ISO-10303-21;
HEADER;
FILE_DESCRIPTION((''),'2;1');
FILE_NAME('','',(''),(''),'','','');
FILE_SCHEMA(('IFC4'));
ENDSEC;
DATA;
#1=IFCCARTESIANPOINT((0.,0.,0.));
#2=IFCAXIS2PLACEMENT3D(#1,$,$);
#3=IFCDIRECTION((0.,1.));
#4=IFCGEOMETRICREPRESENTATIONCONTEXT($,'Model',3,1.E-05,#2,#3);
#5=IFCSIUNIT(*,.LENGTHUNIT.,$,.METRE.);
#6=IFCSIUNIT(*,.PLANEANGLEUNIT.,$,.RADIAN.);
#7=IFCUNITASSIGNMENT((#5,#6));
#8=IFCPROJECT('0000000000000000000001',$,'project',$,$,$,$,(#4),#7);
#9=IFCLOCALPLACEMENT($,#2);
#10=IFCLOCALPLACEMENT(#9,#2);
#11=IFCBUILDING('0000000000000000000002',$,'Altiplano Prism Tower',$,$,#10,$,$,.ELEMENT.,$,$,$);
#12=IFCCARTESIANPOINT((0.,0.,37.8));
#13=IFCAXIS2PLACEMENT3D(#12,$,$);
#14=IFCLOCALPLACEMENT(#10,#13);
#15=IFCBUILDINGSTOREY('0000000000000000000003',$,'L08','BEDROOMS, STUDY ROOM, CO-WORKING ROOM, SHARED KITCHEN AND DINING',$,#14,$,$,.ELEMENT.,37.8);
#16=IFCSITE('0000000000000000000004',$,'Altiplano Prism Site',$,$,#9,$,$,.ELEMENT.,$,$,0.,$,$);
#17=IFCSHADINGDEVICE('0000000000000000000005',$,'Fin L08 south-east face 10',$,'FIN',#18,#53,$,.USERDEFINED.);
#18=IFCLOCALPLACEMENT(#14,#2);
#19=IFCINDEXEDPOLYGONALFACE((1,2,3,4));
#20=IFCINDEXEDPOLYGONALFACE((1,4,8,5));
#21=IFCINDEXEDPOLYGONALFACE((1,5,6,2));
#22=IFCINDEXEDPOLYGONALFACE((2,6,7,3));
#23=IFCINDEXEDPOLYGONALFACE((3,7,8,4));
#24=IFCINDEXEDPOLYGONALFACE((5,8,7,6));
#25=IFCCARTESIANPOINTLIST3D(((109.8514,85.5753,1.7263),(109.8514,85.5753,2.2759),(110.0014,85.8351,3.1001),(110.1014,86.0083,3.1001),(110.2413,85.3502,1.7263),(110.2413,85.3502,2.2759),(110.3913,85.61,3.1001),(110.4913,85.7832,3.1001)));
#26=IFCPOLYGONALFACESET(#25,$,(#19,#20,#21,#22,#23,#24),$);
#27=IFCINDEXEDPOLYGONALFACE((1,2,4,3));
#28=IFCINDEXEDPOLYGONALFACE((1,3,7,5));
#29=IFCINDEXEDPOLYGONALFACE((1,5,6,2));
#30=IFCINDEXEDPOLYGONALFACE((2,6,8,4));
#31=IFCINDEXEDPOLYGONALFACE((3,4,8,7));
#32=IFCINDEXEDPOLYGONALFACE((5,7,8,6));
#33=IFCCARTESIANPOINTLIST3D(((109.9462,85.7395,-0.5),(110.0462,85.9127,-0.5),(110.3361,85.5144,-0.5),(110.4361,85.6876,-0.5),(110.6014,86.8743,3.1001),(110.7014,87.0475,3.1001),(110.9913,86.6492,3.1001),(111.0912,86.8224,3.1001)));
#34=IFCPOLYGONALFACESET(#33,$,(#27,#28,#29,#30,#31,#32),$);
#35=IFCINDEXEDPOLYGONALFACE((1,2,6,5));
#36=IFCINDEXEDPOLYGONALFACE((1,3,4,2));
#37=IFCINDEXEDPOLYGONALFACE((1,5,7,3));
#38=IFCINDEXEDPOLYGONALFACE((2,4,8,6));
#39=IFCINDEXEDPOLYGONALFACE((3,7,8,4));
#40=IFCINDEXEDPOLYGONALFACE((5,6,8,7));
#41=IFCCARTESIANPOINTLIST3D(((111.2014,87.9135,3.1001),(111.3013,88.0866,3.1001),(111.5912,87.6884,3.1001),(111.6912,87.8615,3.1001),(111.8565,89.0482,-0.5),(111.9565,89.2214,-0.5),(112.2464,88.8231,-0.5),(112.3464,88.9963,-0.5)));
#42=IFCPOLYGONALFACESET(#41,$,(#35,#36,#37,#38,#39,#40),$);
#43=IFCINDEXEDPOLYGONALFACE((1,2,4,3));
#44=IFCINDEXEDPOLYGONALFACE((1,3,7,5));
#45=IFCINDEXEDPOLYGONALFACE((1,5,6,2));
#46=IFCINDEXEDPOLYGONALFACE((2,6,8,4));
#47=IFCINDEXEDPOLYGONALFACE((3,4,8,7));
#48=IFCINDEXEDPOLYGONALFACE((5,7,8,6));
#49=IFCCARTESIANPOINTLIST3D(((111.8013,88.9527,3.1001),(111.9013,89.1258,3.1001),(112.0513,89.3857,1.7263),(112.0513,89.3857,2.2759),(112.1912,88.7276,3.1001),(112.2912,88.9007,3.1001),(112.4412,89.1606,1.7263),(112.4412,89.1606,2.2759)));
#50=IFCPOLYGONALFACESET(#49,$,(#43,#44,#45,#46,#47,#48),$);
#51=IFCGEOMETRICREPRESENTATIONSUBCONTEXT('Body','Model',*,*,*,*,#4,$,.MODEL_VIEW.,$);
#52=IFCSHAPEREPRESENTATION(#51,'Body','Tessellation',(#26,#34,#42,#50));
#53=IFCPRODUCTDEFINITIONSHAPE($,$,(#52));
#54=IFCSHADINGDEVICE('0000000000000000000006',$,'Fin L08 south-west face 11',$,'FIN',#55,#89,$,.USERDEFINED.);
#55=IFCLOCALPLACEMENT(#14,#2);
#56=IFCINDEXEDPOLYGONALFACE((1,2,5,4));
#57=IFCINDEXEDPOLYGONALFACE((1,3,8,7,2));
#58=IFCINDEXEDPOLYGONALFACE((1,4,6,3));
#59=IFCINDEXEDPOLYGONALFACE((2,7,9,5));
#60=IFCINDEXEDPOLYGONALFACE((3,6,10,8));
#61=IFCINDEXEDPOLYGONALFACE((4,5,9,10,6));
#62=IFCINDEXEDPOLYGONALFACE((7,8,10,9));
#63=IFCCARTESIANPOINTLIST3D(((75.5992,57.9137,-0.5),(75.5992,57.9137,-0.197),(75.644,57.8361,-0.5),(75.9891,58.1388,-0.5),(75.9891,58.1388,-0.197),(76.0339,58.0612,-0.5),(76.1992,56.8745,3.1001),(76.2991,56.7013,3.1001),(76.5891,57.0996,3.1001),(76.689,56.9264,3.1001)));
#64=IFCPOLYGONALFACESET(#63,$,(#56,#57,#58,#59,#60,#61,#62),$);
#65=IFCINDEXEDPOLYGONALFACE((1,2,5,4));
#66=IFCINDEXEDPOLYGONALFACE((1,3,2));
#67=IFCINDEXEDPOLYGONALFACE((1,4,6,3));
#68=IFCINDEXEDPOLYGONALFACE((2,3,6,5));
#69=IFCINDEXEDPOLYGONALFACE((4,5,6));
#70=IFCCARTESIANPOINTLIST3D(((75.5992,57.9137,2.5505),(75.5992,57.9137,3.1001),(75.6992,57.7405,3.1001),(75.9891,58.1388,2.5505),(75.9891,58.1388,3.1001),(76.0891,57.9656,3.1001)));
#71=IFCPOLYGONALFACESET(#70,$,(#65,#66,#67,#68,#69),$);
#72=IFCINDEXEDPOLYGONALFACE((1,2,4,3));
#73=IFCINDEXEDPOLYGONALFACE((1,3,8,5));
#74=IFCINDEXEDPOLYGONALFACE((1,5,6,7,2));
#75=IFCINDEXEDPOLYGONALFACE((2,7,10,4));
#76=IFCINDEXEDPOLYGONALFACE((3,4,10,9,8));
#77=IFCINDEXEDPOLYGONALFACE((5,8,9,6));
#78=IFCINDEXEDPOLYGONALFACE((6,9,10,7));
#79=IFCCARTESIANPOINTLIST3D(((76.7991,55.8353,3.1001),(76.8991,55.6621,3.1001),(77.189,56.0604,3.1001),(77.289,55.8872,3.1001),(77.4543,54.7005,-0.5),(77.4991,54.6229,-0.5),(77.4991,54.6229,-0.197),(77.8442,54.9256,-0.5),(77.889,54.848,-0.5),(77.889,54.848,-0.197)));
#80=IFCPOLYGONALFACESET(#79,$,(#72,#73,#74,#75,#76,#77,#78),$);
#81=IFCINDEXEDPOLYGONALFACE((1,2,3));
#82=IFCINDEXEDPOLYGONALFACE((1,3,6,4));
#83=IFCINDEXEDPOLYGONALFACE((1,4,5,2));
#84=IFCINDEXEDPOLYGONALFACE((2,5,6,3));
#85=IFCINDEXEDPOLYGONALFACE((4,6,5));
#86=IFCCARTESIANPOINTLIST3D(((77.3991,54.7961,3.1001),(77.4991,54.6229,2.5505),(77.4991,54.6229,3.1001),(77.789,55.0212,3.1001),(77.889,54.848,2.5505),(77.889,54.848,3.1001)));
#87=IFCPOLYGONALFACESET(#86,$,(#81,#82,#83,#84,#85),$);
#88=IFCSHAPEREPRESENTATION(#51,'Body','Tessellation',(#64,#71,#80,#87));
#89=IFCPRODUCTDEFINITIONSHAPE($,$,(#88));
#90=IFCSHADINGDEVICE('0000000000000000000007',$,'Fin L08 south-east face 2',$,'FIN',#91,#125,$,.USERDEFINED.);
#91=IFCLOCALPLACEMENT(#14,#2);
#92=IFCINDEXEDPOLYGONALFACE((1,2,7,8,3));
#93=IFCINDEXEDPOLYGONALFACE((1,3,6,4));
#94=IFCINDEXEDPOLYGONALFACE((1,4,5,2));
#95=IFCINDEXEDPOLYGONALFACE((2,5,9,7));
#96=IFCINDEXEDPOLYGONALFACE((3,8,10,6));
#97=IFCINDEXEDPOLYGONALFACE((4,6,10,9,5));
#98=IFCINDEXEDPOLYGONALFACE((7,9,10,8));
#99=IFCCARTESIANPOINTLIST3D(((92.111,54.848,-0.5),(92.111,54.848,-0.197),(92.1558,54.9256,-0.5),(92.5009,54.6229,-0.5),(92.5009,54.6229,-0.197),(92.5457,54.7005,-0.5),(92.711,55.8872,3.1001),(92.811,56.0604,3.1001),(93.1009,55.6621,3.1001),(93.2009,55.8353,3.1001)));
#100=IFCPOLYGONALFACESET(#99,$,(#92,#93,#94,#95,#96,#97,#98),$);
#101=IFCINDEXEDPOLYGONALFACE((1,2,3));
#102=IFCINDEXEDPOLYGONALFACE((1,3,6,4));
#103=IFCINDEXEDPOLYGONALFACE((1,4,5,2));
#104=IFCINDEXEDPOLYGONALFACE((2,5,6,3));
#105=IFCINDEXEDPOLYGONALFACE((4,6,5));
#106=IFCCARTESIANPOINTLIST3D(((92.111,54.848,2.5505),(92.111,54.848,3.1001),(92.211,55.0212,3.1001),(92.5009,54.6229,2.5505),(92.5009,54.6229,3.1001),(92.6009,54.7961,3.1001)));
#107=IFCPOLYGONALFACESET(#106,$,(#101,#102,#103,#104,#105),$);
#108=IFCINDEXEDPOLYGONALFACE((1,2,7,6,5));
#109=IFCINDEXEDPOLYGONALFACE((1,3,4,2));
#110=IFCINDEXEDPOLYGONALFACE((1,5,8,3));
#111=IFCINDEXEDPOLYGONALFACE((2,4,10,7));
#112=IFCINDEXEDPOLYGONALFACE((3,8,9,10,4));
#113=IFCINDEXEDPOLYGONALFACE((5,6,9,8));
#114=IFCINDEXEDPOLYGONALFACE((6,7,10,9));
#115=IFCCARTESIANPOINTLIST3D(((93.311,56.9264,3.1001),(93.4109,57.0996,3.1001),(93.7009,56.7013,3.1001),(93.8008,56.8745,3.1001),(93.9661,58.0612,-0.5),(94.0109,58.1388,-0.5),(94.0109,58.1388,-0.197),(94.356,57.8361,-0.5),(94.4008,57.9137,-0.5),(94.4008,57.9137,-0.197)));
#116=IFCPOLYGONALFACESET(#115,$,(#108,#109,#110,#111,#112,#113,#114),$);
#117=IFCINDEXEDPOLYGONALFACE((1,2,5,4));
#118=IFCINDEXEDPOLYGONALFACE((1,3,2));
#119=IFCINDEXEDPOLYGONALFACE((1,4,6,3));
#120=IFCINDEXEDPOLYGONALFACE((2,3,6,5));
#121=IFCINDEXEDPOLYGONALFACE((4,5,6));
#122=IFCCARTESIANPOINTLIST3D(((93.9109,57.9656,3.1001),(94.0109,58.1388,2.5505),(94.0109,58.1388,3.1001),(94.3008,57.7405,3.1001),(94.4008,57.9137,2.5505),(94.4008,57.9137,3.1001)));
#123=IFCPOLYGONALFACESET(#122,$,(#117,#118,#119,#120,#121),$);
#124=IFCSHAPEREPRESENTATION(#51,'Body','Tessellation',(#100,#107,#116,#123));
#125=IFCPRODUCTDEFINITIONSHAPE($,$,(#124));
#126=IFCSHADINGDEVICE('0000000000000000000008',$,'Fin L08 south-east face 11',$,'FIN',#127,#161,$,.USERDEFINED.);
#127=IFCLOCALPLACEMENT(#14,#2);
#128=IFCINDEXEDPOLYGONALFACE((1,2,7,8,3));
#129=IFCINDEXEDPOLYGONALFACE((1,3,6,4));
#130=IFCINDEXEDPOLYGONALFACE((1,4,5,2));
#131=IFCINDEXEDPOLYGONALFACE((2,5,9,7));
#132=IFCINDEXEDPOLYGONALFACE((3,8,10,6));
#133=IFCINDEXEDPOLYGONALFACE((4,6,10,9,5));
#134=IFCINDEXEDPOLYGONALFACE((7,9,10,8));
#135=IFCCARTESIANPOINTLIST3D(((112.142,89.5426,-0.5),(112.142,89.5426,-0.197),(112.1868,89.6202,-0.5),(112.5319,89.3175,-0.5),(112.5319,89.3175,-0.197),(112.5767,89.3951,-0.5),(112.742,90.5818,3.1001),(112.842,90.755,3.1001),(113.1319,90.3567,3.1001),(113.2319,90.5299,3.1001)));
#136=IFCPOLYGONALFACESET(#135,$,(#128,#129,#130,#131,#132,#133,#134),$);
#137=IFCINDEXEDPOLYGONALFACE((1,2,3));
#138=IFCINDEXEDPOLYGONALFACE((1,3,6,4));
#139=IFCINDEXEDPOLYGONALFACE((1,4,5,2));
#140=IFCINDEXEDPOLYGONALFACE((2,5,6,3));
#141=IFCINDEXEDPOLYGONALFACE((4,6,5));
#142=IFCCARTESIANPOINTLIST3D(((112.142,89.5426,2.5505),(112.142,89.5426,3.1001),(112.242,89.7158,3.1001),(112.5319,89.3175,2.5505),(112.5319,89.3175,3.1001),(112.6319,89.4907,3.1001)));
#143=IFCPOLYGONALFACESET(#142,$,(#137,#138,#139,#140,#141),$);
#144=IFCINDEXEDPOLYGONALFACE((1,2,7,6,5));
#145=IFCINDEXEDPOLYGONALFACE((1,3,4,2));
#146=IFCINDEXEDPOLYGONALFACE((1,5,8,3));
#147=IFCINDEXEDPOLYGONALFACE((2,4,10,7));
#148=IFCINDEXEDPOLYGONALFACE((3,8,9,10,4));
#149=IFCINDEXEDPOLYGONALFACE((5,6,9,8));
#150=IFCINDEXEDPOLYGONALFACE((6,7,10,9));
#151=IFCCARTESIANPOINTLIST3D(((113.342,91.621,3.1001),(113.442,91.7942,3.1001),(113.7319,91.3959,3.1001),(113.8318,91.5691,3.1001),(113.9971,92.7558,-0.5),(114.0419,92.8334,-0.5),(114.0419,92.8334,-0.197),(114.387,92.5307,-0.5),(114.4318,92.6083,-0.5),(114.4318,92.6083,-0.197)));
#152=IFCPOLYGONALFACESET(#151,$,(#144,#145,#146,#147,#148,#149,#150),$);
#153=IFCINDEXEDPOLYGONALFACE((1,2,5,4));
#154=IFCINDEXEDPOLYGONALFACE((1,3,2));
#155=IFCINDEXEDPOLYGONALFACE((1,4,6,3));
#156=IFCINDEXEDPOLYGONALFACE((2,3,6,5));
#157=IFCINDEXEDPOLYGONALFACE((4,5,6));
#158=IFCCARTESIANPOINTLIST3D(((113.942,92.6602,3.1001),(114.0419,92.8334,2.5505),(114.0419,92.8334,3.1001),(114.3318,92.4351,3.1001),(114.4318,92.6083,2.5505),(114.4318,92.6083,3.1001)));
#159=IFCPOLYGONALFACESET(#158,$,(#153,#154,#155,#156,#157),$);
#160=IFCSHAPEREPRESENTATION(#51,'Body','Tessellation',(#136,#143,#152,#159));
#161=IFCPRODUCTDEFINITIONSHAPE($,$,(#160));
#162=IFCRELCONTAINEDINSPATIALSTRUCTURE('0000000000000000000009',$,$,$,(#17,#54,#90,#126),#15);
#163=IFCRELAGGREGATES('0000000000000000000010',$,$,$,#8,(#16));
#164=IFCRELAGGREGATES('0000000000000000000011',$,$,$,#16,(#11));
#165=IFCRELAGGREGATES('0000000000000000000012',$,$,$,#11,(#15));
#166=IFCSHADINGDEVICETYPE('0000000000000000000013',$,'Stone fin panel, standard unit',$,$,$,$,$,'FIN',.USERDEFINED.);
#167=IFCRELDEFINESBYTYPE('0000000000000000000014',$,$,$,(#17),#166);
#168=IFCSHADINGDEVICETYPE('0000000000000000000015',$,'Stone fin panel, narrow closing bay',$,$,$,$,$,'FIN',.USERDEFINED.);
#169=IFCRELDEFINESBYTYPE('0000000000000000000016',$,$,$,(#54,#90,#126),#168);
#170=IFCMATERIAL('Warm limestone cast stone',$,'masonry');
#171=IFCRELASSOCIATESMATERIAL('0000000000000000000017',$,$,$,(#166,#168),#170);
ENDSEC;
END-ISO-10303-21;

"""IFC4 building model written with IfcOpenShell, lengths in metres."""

from ifc_helpers import new_model, si_unit, direction, frame, origin, place, context, subcontext, project, spatial, polyline, outline, extrude, source, transform, mapped, material, type_object, element, save


model = new_model("IFC4")

# Units and contexts
model_context = context("Model", 3, precision=1e-05, world=origin(), true_north=direction((0.0, 1.0)))
body_context = subcontext(model_context, "Body", "Model", "MODEL_VIEW")
ifc_project = project(units=[si_unit("LENGTHUNIT", "METRE"), si_unit("PLANEANGLEUNIT", "RADIAN")], contexts=[model_context])

# Site, building, storey
site_placement = place(None, origin())
site = spatial("IfcSite", under=ifc_project, at=site_placement, Name="Altiplano Prism Site", CompositionType="ELEMENT", RefElevation=0.0)
building_placement = place(site_placement, origin())
building = spatial("IfcBuilding", under=site, at=building_placement, Name="Altiplano Prism Tower", CompositionType="ELEMENT")
storey_placement = place(building_placement, frame((0.0, 0.0, 37.8)))
storey = spatial("IfcBuildingStorey", under=building, at=storey_placement, Name="L08", Description="BEDROOMS, STUDY ROOM, CO-WORKING ROOM, SHARED KITCHEN AND DINING", CompositionType="ELEMENT", Elevation=37.8)

# Shading devices
ifc_material_1 = material(Name="Warm limestone cast stone", Category="masonry")
shading_device_type_1 = type_object("IfcShadingDeviceType", Name="Stone fin panel, standard unit", ElementType="FIN", PredefinedType="USERDEFINED", material=ifc_material_1)
shared_shape_1 = source(origin(), body_context, "Body", "SweptSolid", [
    extrude(outline(polyline([(-2.2, 2.2263), (-1.7, 3.6001), (-1.8999, 3.6001), (-2.2, 2.7759), (-2.2, 2.2263)])), frame((0.0, -0.1499, 0.0), z_axis=(0.0, -1.0, 0.0), x_axis=(1.0, 0.0, 0.0)), (0.0, 0.0, 1.0), 0.4502),
    extrude(outline(polyline([(-2.0103, 0.0), (-1.8103, 0.0), (-0.5, 3.6001), (-0.7, 3.6001), (-2.0103, 0.0)])), frame((0.0, -0.1499, 0.0), z_axis=(0.0, -1.0, 0.0), x_axis=(1.0, 0.0, 0.0)), (0.0, 0.0, 1.0), 0.4502),
    extrude(outline(polyline([(1.8103, 0.0), (2.0103, 0.0), (0.7, 3.6001), (0.5, 3.6001), (1.8103, 0.0)])), frame((0.0, -0.1499, 0.0), z_axis=(0.0, -1.0, 0.0), x_axis=(1.0, 0.0, 0.0)), (0.0, 0.0, 1.0), 0.4502),
    extrude(outline(polyline([(2.2, 2.7759), (1.8999, 3.6001), (1.7, 3.6001), (2.2, 2.2263), (2.2, 2.7759)])), frame((0.0, -0.1499, 0.0), z_axis=(0.0, -1.0, 0.0), x_axis=(1.0, 0.0, 0.0)), (0.0, 0.0, 1.0), 0.4502),
])
shading_device_1_placement = place(storey_placement, origin())
element("IfcShadingDevice", 1, at=shading_device_1_placement, inside=storey, type_object=shading_device_type_1, Name="Fin L08 south-east face 10", ObjectType="FIN", PredefinedType="USERDEFINED", context=body_context, shape_type="MappedRepresentation", body=[
    mapped(shared_shape_1, transform((110.8215, 87.5554, -0.5), x_axis=(0.5, 0.866025, 0.0), y_axis=(-0.866025, 0.5, 0.0), z_axis=(0.0, 0.0, 1.0))),
])
shading_device_type_2 = type_object("IfcShadingDeviceType", Name="Stone fin panel, narrow closing bay", ElementType="FIN", PredefinedType="USERDEFINED", material=ifc_material_1)
shared_shape_2 = source(origin(), body_context, "Body", "SweptSolid", [
    extrude(outline(polyline([(-1.8999, 0.0), (-1.8103, 0.0), (-0.5, 3.6001), (-0.7, 3.6001), (-1.8999, 0.303), (-1.8999, 0.0)])), frame((0.0, -0.1499, 0.0), z_axis=(0.0, -1.0, 0.0), x_axis=(1.0, 0.0, 0.0)), (0.0, 0.0, 1.0), 0.4502),
    extrude(outline(polyline([(-1.8999, 3.0505), (-1.7, 3.6001), (-1.8999, 3.6001), (-1.8999, 3.0505)])), frame((0.0, -0.1499, 0.0), z_axis=(0.0, -1.0, 0.0), x_axis=(1.0, 0.0, 0.0)), (0.0, 0.0, 1.0), 0.4502),
    extrude(outline(polyline([(1.8103, 0.0), (1.8999, 0.0), (1.8999, 0.303), (0.7, 3.6001), (0.5, 3.6001), (1.8103, 0.0)])), frame((0.0, -0.1499, 0.0), z_axis=(0.0, -1.0, 0.0), x_axis=(1.0, 0.0, 0.0)), (0.0, 0.0, 1.0), 0.4502),
    extrude(outline(polyline([(1.8999, 3.6001), (1.7, 3.6001), (1.8999, 3.0505), (1.8999, 3.6001)])), frame((0.0, -0.1499, 0.0), z_axis=(0.0, -1.0, 0.0), x_axis=(1.0, 0.0, 0.0)), (0.0, 0.0, 1.0), 0.4502),
])
shading_device_2_placement = place(storey_placement, origin())
element("IfcShadingDevice", 2, at=shading_device_2_placement, inside=storey, type_object=shading_device_type_2, Name="Fin L08 south-west face 11", ObjectType="FIN", PredefinedType="USERDEFINED", context=body_context, shape_type="MappedRepresentation", body=[
    mapped(shared_shape_2, transform((77.0688, 56.5684, -0.5), x_axis=(0.5, -0.866025, 0.0), y_axis=(0.866025, 0.5, 0.0), z_axis=(0.0, 0.0, 1.0))),
])
shading_device_3_placement = place(storey_placement, origin())
element("IfcShadingDevice", 3, at=shading_device_3_placement, inside=storey, type_object=shading_device_type_2, Name="Fin L08 south-east face 2", ObjectType="FIN", PredefinedType="USERDEFINED", context=body_context, shape_type="MappedRepresentation", body=[
    mapped(shared_shape_2, transform((92.9312, 56.5684, -0.5), x_axis=(0.5, 0.866025, 0.0), y_axis=(-0.866025, 0.5, 0.0), z_axis=(0.0, 0.0, 1.0))),
])
shading_device_4_placement = place(storey_placement, origin())
element("IfcShadingDevice", 4, at=shading_device_4_placement, inside=storey, type_object=shading_device_type_2, Name="Fin L08 south-east face 11", ObjectType="FIN", PredefinedType="USERDEFINED", context=body_context, shape_type="MappedRepresentation", body=[
    mapped(shared_shape_2, transform((112.9622, 91.2629, -0.5), x_axis=(0.5, 0.866025, 0.0), y_axis=(-0.866025, 0.5, 0.0), z_axis=(0.0, 0.0, 1.0))),
])

save(model, "model.ifc")
